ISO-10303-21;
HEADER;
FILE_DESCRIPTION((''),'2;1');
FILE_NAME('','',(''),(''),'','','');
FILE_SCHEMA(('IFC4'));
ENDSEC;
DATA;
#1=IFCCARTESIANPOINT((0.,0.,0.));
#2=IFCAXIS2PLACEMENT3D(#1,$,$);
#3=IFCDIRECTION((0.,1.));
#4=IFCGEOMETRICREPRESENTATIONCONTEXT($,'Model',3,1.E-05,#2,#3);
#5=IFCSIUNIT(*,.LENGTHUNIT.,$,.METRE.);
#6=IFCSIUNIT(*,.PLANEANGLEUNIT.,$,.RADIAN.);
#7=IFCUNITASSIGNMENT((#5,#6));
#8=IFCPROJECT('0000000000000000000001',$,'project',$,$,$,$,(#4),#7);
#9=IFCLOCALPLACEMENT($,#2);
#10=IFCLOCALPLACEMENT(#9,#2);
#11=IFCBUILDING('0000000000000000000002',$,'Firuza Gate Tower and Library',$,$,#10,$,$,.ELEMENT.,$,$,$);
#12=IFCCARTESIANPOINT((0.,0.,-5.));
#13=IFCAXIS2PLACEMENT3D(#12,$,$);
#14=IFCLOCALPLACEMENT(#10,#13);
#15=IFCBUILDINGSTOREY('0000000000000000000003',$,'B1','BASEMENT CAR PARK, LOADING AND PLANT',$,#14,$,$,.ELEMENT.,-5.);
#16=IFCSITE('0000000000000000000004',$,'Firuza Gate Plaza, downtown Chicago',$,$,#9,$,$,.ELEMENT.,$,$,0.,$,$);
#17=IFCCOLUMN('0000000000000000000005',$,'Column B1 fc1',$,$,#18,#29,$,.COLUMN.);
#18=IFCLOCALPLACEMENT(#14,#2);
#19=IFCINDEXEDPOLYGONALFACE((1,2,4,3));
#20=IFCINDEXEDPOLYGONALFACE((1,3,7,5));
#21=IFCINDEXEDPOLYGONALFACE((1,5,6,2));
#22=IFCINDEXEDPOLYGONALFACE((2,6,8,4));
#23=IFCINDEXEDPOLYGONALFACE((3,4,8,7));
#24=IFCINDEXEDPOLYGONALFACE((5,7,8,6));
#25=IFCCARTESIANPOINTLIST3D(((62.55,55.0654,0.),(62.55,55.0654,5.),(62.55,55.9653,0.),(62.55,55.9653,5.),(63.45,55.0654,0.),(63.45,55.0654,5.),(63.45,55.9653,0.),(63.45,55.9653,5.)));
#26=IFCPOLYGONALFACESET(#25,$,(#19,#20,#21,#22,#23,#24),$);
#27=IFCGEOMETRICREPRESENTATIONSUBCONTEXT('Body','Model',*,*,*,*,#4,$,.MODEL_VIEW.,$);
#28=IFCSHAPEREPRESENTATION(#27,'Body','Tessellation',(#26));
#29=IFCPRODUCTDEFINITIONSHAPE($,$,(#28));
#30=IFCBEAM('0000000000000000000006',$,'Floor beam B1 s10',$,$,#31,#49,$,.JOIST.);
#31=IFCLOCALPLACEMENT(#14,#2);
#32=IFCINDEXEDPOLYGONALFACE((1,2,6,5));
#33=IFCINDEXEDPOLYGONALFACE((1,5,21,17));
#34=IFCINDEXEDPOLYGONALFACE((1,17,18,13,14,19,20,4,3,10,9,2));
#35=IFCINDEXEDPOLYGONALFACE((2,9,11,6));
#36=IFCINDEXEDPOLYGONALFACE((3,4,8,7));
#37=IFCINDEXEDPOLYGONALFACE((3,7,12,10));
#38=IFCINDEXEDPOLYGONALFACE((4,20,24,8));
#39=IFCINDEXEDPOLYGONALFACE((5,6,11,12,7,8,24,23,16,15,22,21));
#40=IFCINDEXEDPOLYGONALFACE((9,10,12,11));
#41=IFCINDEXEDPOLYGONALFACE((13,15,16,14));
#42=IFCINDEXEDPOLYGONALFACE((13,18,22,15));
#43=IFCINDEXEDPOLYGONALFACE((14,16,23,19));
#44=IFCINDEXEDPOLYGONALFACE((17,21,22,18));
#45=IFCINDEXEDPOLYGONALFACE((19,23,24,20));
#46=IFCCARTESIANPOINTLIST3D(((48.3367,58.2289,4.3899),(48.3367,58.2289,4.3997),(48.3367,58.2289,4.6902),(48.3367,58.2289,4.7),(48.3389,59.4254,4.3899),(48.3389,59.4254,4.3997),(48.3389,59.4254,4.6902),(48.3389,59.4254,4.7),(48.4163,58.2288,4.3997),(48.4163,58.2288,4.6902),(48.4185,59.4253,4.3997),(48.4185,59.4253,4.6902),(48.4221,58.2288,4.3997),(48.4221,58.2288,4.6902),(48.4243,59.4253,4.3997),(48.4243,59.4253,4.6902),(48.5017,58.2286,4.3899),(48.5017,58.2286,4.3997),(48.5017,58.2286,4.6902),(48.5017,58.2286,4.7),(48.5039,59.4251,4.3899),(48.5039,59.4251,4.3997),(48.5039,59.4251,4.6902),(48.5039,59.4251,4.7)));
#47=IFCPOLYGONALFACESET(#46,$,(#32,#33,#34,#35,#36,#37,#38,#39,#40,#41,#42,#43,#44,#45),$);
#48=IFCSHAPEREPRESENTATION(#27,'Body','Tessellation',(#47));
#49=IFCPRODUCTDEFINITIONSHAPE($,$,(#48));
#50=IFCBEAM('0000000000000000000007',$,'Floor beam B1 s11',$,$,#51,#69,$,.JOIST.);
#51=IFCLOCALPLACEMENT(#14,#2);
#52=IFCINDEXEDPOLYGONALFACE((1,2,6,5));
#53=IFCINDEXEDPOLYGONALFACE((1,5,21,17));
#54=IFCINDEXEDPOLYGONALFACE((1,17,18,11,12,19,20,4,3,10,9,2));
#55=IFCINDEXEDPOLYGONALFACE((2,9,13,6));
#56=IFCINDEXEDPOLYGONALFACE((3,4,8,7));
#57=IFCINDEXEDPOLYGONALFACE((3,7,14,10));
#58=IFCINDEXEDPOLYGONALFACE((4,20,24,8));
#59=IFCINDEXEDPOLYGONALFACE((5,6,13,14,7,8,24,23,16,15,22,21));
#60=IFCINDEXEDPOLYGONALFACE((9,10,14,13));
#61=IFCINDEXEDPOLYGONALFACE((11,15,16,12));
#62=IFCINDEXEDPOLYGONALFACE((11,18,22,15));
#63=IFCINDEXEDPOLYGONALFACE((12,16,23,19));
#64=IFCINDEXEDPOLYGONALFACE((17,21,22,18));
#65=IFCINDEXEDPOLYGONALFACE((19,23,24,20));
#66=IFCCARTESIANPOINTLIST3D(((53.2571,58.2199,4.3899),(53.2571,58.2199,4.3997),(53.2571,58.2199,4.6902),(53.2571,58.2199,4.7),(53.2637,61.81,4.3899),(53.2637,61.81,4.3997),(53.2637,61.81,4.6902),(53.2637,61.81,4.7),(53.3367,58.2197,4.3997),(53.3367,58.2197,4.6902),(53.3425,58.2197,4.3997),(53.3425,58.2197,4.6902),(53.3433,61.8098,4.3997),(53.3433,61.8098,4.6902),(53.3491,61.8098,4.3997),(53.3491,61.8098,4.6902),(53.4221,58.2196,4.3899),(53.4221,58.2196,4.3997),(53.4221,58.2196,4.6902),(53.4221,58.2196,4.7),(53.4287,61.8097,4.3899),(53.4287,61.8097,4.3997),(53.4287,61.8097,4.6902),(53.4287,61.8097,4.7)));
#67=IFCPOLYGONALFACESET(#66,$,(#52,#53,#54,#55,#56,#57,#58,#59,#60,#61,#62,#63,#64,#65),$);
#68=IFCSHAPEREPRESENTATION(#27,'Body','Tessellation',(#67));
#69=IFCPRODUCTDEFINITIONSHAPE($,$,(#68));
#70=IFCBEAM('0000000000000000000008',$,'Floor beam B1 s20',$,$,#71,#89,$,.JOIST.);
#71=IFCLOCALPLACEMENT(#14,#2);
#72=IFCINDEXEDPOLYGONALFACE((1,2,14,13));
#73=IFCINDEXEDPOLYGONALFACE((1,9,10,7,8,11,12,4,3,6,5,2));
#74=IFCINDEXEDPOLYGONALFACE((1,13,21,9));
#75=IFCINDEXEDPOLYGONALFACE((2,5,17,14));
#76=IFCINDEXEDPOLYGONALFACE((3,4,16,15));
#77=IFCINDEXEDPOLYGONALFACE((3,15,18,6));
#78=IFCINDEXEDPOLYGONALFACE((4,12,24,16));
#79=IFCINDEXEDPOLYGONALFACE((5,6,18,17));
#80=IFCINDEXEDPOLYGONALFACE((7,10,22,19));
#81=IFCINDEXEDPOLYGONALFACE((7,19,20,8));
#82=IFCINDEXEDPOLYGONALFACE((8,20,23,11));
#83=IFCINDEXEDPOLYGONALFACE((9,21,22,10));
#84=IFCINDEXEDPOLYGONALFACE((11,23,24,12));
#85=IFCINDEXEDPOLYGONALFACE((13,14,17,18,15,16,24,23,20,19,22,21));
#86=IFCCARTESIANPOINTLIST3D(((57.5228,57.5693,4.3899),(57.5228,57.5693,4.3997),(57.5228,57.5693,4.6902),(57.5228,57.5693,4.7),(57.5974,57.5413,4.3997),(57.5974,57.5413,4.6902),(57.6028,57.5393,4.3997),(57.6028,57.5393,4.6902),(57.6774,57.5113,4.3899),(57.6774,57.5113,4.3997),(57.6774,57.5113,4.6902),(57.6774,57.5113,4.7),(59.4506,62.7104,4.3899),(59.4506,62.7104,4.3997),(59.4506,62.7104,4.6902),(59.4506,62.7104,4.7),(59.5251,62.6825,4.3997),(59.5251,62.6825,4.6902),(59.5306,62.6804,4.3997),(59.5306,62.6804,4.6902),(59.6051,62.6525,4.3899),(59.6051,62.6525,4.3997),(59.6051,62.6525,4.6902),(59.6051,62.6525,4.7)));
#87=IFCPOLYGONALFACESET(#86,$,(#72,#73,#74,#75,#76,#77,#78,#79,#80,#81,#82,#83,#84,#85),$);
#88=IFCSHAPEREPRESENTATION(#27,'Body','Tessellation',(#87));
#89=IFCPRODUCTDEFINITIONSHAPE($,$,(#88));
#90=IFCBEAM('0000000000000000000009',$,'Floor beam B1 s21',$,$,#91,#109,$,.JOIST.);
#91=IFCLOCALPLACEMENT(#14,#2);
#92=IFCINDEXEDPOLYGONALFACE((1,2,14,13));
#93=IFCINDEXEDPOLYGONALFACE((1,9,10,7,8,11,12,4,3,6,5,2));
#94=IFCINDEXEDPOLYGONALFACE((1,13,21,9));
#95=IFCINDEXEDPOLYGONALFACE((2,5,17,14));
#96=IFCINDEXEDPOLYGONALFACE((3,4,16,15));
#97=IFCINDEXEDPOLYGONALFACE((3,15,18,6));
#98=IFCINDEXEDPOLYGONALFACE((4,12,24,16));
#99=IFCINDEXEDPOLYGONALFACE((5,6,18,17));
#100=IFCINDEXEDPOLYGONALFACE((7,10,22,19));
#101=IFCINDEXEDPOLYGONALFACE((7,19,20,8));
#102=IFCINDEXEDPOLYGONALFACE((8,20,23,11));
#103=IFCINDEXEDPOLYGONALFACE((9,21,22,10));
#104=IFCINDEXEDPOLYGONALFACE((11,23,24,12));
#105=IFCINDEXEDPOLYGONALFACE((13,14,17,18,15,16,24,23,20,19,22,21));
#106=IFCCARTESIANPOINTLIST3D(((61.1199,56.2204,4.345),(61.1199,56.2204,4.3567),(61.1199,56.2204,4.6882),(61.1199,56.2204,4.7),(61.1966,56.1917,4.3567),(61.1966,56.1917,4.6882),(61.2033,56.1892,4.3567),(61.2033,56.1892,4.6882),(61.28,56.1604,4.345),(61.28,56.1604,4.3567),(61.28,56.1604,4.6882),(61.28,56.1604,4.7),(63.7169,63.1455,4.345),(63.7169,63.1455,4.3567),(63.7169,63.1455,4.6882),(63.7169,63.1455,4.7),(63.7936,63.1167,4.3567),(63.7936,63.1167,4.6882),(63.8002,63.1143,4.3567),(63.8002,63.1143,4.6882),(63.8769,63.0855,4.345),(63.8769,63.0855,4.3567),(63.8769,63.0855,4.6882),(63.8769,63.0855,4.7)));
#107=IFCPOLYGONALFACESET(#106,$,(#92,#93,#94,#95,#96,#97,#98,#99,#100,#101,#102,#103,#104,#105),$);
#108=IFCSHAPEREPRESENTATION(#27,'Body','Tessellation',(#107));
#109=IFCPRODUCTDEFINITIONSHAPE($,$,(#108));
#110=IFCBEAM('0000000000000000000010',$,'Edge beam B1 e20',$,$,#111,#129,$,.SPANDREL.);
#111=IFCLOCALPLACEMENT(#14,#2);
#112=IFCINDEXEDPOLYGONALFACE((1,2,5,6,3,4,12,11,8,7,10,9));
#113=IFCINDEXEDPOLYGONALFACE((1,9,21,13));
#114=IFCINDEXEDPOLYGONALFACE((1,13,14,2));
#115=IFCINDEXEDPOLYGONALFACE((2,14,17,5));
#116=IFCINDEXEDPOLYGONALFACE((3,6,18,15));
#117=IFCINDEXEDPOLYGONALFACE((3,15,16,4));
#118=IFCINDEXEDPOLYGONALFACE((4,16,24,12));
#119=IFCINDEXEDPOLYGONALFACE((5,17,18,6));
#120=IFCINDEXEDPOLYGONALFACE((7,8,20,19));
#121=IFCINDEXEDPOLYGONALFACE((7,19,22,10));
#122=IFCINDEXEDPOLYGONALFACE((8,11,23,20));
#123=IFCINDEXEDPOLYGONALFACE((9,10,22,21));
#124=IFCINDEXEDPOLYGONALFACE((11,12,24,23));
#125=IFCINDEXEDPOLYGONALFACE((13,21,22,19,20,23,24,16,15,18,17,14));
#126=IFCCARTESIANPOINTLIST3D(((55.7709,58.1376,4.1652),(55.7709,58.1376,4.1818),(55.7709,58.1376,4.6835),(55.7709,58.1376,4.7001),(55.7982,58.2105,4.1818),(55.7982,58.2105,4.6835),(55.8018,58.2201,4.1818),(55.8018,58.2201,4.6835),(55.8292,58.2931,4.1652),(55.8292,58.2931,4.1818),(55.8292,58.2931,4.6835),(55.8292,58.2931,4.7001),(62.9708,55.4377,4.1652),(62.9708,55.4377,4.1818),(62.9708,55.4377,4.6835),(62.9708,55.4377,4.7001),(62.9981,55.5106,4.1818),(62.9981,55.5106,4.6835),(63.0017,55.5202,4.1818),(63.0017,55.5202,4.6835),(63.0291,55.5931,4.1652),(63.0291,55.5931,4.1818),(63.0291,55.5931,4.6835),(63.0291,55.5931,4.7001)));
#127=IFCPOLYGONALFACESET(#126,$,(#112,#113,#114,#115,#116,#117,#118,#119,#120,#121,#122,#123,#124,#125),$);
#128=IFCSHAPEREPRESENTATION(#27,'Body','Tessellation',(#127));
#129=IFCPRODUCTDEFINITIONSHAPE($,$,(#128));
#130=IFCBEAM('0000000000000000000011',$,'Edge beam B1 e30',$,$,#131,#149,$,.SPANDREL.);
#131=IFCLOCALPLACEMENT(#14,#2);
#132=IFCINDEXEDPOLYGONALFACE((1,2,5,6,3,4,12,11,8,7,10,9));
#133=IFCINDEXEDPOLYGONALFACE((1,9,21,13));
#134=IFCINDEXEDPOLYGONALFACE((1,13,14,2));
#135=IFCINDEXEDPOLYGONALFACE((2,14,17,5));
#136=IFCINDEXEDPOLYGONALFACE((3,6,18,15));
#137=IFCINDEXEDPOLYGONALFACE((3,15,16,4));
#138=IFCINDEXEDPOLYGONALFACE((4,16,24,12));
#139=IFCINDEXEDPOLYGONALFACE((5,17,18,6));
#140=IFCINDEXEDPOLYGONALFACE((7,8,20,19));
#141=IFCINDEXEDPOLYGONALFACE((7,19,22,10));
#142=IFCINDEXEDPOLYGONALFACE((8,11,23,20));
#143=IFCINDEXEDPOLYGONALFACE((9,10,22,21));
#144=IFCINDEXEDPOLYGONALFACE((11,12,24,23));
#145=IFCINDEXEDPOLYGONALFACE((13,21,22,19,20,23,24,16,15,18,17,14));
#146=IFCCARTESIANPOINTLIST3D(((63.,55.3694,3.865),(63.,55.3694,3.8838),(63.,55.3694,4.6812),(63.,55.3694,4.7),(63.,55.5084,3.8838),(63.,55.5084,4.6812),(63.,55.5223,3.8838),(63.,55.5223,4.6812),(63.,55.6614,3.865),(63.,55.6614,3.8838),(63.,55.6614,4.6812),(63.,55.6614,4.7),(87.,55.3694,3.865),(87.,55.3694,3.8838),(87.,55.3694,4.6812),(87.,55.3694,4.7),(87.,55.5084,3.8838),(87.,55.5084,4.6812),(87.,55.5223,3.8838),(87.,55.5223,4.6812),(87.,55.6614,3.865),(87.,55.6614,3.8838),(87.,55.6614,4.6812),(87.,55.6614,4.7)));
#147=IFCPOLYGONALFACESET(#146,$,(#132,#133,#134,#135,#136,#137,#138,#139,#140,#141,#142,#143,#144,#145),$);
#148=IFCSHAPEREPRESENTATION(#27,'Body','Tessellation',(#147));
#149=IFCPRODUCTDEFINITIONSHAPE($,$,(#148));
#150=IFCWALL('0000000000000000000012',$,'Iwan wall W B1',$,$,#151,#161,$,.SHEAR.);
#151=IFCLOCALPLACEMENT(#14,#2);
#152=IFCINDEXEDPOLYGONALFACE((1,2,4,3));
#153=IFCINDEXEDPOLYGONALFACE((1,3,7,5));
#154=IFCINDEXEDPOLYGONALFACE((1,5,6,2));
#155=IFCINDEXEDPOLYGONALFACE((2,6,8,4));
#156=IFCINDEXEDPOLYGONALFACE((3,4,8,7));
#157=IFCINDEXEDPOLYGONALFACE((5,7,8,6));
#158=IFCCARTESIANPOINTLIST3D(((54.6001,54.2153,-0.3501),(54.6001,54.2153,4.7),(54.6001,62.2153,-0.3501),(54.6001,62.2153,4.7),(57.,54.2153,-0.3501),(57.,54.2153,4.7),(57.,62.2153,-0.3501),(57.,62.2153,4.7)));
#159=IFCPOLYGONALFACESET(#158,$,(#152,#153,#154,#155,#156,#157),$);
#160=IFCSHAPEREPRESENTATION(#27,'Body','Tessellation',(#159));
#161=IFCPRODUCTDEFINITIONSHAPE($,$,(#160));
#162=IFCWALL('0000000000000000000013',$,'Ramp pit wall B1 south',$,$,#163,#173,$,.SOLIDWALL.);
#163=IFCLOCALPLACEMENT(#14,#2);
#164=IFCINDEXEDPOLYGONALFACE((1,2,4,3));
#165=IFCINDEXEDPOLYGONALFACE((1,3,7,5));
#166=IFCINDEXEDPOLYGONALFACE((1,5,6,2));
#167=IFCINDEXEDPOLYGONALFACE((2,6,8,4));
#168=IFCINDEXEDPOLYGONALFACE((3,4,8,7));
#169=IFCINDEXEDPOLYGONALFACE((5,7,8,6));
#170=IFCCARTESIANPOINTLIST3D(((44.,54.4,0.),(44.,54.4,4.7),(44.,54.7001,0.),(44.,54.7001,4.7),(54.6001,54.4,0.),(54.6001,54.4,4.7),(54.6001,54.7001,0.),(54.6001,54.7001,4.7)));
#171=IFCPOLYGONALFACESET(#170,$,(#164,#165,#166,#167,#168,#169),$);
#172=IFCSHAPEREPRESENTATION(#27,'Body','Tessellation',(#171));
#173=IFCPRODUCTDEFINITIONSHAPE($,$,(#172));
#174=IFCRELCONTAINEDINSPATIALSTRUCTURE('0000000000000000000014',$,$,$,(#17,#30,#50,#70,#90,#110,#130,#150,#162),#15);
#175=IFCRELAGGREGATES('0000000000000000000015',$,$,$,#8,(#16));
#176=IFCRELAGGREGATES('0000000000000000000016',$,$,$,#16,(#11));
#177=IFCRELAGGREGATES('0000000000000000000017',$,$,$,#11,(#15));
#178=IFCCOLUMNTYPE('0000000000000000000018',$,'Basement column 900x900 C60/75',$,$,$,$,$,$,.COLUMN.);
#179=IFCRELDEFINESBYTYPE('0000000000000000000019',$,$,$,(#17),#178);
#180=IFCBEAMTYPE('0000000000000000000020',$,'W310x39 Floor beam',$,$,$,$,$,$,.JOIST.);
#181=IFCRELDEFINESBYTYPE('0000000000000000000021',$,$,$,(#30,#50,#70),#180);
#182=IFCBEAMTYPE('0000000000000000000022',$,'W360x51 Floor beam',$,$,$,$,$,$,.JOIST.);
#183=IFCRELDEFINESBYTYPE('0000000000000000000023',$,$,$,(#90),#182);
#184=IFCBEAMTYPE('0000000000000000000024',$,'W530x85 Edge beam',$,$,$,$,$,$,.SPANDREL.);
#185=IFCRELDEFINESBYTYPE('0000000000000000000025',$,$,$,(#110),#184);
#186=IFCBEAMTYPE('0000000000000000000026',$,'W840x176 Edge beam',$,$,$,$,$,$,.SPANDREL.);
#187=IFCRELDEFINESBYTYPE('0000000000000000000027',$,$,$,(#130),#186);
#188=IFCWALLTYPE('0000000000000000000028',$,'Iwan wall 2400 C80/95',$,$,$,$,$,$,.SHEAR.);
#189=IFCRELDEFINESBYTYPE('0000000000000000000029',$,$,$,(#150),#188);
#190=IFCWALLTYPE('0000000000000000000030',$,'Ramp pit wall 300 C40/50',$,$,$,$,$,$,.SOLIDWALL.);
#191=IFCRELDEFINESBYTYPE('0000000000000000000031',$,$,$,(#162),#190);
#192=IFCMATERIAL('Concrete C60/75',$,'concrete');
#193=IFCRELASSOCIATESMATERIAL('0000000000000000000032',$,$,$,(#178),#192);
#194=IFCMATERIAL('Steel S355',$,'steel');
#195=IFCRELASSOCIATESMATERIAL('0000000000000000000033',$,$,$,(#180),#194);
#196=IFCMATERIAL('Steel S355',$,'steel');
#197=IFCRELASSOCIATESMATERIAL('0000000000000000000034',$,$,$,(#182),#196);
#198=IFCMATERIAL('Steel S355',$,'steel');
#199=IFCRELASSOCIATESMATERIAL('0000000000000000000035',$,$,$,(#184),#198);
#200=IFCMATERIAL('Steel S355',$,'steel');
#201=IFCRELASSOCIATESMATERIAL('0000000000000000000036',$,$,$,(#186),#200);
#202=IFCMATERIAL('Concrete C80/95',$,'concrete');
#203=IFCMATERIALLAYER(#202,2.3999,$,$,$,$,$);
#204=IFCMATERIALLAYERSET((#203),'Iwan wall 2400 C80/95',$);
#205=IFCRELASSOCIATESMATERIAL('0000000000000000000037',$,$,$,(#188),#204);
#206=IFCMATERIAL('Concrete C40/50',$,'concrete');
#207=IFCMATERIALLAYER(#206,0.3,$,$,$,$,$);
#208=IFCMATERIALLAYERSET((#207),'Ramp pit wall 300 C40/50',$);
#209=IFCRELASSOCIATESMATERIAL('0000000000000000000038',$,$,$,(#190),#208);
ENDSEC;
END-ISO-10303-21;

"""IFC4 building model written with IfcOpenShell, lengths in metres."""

from ifc_helpers import new_model, si_unit, direction, frame, frame_2d, origin, origin_2d, place, context, subcontext, project, spatial, rectangle, i_section, extrude, material, layer, layer_set, material_profile, profile_set, type_object, element, save


model = new_model("IFC4")

# Units and contexts
model_context = context("Model", 3, precision=1e-05, world=origin(), true_north=direction((0.0, 1.0)))
body_context = subcontext(model_context, "Body", "Model", "MODEL_VIEW")
ifc_project = project(units=[si_unit("LENGTHUNIT", "METRE"), si_unit("PLANEANGLEUNIT", "RADIAN")], contexts=[model_context])

# Site, building, storey
site_placement = place(None, origin())
site = spatial("IfcSite", under=ifc_project, at=site_placement, Name="Firuza Gate Plaza, downtown Chicago", CompositionType="ELEMENT", RefElevation=0.0)
building_placement = place(site_placement, origin())
building = spatial("IfcBuilding", under=site, at=building_placement, Name="Firuza Gate Tower and Library", CompositionType="ELEMENT")
storey_placement = place(building_placement, frame((0.0, 0.0, -5.0)))
storey = spatial("IfcBuildingStorey", under=building, at=storey_placement, Name="B1", Description="BASEMENT CAR PARK, LOADING AND PLANT", CompositionType="ELEMENT", Elevation=-5.0)

# Column
ifc_material_1 = material(Name="Concrete C60/75", Category="concrete")
ifc_material_profile_1 = material_profile(ifc_material_1, rectangle(XDim=0.8999, YDim=0.8999, at=origin_2d()))
ifc_profile_set_1 = profile_set([ifc_material_profile_1], Name="Concrete C60/75")
column_type = type_object("IfcColumnType", Name="Basement column 900x900 C60/75", PredefinedType="COLUMN", material=ifc_profile_set_1)
column_placement = place(storey_placement, frame((63.0, 55.5154, 0.0), z_axis=(0.0, 0.0, 1.0), x_axis=(1.0, 0.0, 0.0)))
element("IfcColumn", 1, at=column_placement, inside=storey, type_object=column_type, Name="Column B1 fc1", PredefinedType="COLUMN", context=body_context, shape_type="SweptSolid", body=[
    extrude(rectangle(XDim=0.8999, YDim=0.8999, at=origin_2d()), origin(), (0.0, 0.0, 1.0), 5.0),
])

# Beams
ifc_material_2 = material(Name="Steel S355", Category="steel")
ifc_material_profile_2 = material_profile(ifc_material_2, i_section(OverallWidth=0.165, OverallDepth=0.3101, WebThickness=0.0059, FlangeThickness=0.0098, at=origin_2d()))
ifc_profile_set_2 = profile_set([ifc_material_profile_2], Name="Steel S355")
beam_type_1 = type_object("IfcBeamType", Name="W310x39 Floor beam", PredefinedType="JOIST", material=ifc_profile_set_2)
beam_1_placement = place(storey_placement, frame((48.4192, 58.2288, 4.5449), z_axis=(0.001836, 0.999998, 0.0), x_axis=(-0.999998, 0.001836, 0.0)))
element("IfcBeam", 2, at=beam_1_placement, inside=storey, type_object=beam_type_1, Name="Floor beam B1 s10", PredefinedType="JOIST", context=body_context, shape_type="SweptSolid", body=[
    extrude(i_section(OverallWidth=0.165, OverallDepth=0.3101, WebThickness=0.0059, FlangeThickness=0.0098, at=origin_2d()), origin(), (0.0, 0.0, 1.0), 1.1965),
])
beam_2_placement = place(storey_placement, frame((53.3396, 58.2197, 4.5449), z_axis=(0.001836, 0.999998, 0.0), x_axis=(-0.999998, 0.001836, 0.0)))
element("IfcBeam", 3, at=beam_2_placement, inside=storey, type_object=beam_type_1, Name="Floor beam B1 s11", PredefinedType="JOIST", context=body_context, shape_type="SweptSolid", body=[
    extrude(i_section(OverallWidth=0.165, OverallDepth=0.3101, WebThickness=0.0059, FlangeThickness=0.0098, at=origin_2d()), origin(), (0.0, 0.0, 1.0), 3.5901),
])
beam_3_placement = place(storey_placement, frame((57.6001, 57.5403, 4.5449), z_axis=(0.351094, 0.93634, 0.0), x_axis=(-0.93634, 0.351094, 0.0)))
element("IfcBeam", 4, at=beam_3_placement, inside=storey, type_object=beam_type_1, Name="Floor beam B1 s20", PredefinedType="JOIST", context=body_context, shape_type="SweptSolid", body=[
    extrude(i_section(OverallWidth=0.165, OverallDepth=0.3101, WebThickness=0.0059, FlangeThickness=0.0098, at=origin_2d()), origin(), (0.0, 0.0, 1.0), 5.4907),
])
ifc_material_3 = material(Name="Steel S355", Category="steel")
ifc_material_profile_3 = material_profile(ifc_material_3, i_section(OverallWidth=0.1709, OverallDepth=0.355, WebThickness=0.0071, FlangeThickness=0.0117, at=origin_2d()))
ifc_profile_set_3 = profile_set([ifc_material_profile_3], Name="Steel S355")
beam_type_2 = type_object("IfcBeamType", Name="W360x51 Floor beam", PredefinedType="JOIST", material=ifc_profile_set_3)
beam_4_placement = place(storey_placement, frame((61.2, 56.1904, 4.5225), z_axis=(0.351127, 0.936328, 0.0), x_axis=(-0.936328, 0.351127, 0.0)))
element("IfcBeam", 5, at=beam_4_placement, inside=storey, type_object=beam_type_2, Name="Floor beam B1 s21", PredefinedType="JOIST", context=body_context, shape_type="SweptSolid", body=[
    extrude(i_section(OverallWidth=0.1709, OverallDepth=0.355, WebThickness=0.0071, FlangeThickness=0.0117, at=origin_2d()), origin(), (0.0, 0.0, 1.0), 7.396),
])
ifc_material_4 = material(Name="Steel S355", Category="steel")
ifc_material_profile_4 = material_profile(ifc_material_4, i_section(OverallWidth=0.166, OverallDepth=0.5349, WebThickness=0.0103, FlangeThickness=0.0166, at=origin_2d()))
ifc_profile_set_4 = profile_set([ifc_material_profile_4], Name="Steel S355")
beam_type_3 = type_object("IfcBeamType", Name="W530x85 Edge beam", PredefinedType="SPANDREL", material=ifc_profile_set_4)
beam_5_placement = place(storey_placement, frame((55.8, 58.2153, 4.4326), z_axis=(0.93633, -0.35112, 0.0), x_axis=(0.35112, 0.93633, 0.0)))
element("IfcBeam", 6, at=beam_5_placement, inside=storey, type_object=beam_type_3, Name="Edge beam B1 e20", PredefinedType="SPANDREL", context=body_context, shape_type="SweptSolid", body=[
    extrude(i_section(OverallWidth=0.166, OverallDepth=0.5349, WebThickness=0.0103, FlangeThickness=0.0166, at=origin_2d()), origin(), (0.0, 0.0, 1.0), 7.6895),
])
ifc_material_5 = material(Name="Steel S355", Category="steel")
ifc_material_profile_5 = material_profile(ifc_material_5, i_section(OverallWidth=0.292, OverallDepth=0.835, WebThickness=0.0139, FlangeThickness=0.0188, at=origin_2d()))
ifc_profile_set_5 = profile_set([ifc_material_profile_5], Name="Steel S355")
beam_type_4 = type_object("IfcBeamType", Name="W840x176 Edge beam", PredefinedType="SPANDREL", material=ifc_profile_set_5)
beam_6_placement = place(storey_placement, frame((63.0, 55.5154, 4.2825), z_axis=(1.0, 0.0, 0.0), x_axis=(0.0, 1.0, 0.0)))
element("IfcBeam", 7, at=beam_6_placement, inside=storey, type_object=beam_type_4, Name="Edge beam B1 e30", PredefinedType="SPANDREL", context=body_context, shape_type="SweptSolid", body=[
    extrude(i_section(OverallWidth=0.292, OverallDepth=0.835, WebThickness=0.0139, FlangeThickness=0.0188, at=origin_2d()), origin(), (0.0, 0.0, 1.0), 24.0),
])

# Walls
ifc_material_6 = material(Name="Concrete C80/95", Category="concrete")
ifc_layer_1 = layer(ifc_material_6, 2.3999)
ifc_layer_set_1 = layer_set([ifc_layer_1], Name="Iwan wall 2400 C80/95")
wall_type_1 = type_object("IfcWallType", Name="Iwan wall 2400 C80/95", PredefinedType="SHEAR", material=ifc_layer_set_1)
wall_1_placement = place(storey_placement, frame((55.8, 54.2153, -0.3501), z_axis=(0.0, 0.0, 1.0), x_axis=(0.0, 1.0, 0.0)))
element("IfcWall", 8, at=wall_1_placement, inside=storey, type_object=wall_type_1, Name="Iwan wall W B1", PredefinedType="SHEAR", context=body_context, shape_type="SweptSolid", body=[
    extrude(rectangle(XDim=8.0, YDim=2.3999, at=frame_2d((4.0, 0.0))), origin(), (0.0, 0.0, 1.0), 5.05),
])
ifc_material_7 = material(Name="Concrete C40/50", Category="concrete")
ifc_layer_2 = layer(ifc_material_7, 0.3)
ifc_layer_set_2 = layer_set([ifc_layer_2], Name="Ramp pit wall 300 C40/50")
wall_type_2 = type_object("IfcWallType", Name="Ramp pit wall 300 C40/50", PredefinedType="SOLIDWALL", material=ifc_layer_set_2)
wall_2_placement = place(storey_placement, frame((44.0, 54.55, 0.0), z_axis=(0.0, 0.0, 1.0), x_axis=(1.0, 0.0, 0.0)))
element("IfcWall", 9, at=wall_2_placement, inside=storey, type_object=wall_type_2, Name="Ramp pit wall B1 south", PredefinedType="SOLIDWALL", context=body_context, shape_type="SweptSolid", body=[
    extrude(rectangle(XDim=10.6001, YDim=0.3, at=frame_2d((5.3, 0.0))), origin(), (0.0, 0.0, 1.0), 4.7),
])

save(model, "model.ifc")
